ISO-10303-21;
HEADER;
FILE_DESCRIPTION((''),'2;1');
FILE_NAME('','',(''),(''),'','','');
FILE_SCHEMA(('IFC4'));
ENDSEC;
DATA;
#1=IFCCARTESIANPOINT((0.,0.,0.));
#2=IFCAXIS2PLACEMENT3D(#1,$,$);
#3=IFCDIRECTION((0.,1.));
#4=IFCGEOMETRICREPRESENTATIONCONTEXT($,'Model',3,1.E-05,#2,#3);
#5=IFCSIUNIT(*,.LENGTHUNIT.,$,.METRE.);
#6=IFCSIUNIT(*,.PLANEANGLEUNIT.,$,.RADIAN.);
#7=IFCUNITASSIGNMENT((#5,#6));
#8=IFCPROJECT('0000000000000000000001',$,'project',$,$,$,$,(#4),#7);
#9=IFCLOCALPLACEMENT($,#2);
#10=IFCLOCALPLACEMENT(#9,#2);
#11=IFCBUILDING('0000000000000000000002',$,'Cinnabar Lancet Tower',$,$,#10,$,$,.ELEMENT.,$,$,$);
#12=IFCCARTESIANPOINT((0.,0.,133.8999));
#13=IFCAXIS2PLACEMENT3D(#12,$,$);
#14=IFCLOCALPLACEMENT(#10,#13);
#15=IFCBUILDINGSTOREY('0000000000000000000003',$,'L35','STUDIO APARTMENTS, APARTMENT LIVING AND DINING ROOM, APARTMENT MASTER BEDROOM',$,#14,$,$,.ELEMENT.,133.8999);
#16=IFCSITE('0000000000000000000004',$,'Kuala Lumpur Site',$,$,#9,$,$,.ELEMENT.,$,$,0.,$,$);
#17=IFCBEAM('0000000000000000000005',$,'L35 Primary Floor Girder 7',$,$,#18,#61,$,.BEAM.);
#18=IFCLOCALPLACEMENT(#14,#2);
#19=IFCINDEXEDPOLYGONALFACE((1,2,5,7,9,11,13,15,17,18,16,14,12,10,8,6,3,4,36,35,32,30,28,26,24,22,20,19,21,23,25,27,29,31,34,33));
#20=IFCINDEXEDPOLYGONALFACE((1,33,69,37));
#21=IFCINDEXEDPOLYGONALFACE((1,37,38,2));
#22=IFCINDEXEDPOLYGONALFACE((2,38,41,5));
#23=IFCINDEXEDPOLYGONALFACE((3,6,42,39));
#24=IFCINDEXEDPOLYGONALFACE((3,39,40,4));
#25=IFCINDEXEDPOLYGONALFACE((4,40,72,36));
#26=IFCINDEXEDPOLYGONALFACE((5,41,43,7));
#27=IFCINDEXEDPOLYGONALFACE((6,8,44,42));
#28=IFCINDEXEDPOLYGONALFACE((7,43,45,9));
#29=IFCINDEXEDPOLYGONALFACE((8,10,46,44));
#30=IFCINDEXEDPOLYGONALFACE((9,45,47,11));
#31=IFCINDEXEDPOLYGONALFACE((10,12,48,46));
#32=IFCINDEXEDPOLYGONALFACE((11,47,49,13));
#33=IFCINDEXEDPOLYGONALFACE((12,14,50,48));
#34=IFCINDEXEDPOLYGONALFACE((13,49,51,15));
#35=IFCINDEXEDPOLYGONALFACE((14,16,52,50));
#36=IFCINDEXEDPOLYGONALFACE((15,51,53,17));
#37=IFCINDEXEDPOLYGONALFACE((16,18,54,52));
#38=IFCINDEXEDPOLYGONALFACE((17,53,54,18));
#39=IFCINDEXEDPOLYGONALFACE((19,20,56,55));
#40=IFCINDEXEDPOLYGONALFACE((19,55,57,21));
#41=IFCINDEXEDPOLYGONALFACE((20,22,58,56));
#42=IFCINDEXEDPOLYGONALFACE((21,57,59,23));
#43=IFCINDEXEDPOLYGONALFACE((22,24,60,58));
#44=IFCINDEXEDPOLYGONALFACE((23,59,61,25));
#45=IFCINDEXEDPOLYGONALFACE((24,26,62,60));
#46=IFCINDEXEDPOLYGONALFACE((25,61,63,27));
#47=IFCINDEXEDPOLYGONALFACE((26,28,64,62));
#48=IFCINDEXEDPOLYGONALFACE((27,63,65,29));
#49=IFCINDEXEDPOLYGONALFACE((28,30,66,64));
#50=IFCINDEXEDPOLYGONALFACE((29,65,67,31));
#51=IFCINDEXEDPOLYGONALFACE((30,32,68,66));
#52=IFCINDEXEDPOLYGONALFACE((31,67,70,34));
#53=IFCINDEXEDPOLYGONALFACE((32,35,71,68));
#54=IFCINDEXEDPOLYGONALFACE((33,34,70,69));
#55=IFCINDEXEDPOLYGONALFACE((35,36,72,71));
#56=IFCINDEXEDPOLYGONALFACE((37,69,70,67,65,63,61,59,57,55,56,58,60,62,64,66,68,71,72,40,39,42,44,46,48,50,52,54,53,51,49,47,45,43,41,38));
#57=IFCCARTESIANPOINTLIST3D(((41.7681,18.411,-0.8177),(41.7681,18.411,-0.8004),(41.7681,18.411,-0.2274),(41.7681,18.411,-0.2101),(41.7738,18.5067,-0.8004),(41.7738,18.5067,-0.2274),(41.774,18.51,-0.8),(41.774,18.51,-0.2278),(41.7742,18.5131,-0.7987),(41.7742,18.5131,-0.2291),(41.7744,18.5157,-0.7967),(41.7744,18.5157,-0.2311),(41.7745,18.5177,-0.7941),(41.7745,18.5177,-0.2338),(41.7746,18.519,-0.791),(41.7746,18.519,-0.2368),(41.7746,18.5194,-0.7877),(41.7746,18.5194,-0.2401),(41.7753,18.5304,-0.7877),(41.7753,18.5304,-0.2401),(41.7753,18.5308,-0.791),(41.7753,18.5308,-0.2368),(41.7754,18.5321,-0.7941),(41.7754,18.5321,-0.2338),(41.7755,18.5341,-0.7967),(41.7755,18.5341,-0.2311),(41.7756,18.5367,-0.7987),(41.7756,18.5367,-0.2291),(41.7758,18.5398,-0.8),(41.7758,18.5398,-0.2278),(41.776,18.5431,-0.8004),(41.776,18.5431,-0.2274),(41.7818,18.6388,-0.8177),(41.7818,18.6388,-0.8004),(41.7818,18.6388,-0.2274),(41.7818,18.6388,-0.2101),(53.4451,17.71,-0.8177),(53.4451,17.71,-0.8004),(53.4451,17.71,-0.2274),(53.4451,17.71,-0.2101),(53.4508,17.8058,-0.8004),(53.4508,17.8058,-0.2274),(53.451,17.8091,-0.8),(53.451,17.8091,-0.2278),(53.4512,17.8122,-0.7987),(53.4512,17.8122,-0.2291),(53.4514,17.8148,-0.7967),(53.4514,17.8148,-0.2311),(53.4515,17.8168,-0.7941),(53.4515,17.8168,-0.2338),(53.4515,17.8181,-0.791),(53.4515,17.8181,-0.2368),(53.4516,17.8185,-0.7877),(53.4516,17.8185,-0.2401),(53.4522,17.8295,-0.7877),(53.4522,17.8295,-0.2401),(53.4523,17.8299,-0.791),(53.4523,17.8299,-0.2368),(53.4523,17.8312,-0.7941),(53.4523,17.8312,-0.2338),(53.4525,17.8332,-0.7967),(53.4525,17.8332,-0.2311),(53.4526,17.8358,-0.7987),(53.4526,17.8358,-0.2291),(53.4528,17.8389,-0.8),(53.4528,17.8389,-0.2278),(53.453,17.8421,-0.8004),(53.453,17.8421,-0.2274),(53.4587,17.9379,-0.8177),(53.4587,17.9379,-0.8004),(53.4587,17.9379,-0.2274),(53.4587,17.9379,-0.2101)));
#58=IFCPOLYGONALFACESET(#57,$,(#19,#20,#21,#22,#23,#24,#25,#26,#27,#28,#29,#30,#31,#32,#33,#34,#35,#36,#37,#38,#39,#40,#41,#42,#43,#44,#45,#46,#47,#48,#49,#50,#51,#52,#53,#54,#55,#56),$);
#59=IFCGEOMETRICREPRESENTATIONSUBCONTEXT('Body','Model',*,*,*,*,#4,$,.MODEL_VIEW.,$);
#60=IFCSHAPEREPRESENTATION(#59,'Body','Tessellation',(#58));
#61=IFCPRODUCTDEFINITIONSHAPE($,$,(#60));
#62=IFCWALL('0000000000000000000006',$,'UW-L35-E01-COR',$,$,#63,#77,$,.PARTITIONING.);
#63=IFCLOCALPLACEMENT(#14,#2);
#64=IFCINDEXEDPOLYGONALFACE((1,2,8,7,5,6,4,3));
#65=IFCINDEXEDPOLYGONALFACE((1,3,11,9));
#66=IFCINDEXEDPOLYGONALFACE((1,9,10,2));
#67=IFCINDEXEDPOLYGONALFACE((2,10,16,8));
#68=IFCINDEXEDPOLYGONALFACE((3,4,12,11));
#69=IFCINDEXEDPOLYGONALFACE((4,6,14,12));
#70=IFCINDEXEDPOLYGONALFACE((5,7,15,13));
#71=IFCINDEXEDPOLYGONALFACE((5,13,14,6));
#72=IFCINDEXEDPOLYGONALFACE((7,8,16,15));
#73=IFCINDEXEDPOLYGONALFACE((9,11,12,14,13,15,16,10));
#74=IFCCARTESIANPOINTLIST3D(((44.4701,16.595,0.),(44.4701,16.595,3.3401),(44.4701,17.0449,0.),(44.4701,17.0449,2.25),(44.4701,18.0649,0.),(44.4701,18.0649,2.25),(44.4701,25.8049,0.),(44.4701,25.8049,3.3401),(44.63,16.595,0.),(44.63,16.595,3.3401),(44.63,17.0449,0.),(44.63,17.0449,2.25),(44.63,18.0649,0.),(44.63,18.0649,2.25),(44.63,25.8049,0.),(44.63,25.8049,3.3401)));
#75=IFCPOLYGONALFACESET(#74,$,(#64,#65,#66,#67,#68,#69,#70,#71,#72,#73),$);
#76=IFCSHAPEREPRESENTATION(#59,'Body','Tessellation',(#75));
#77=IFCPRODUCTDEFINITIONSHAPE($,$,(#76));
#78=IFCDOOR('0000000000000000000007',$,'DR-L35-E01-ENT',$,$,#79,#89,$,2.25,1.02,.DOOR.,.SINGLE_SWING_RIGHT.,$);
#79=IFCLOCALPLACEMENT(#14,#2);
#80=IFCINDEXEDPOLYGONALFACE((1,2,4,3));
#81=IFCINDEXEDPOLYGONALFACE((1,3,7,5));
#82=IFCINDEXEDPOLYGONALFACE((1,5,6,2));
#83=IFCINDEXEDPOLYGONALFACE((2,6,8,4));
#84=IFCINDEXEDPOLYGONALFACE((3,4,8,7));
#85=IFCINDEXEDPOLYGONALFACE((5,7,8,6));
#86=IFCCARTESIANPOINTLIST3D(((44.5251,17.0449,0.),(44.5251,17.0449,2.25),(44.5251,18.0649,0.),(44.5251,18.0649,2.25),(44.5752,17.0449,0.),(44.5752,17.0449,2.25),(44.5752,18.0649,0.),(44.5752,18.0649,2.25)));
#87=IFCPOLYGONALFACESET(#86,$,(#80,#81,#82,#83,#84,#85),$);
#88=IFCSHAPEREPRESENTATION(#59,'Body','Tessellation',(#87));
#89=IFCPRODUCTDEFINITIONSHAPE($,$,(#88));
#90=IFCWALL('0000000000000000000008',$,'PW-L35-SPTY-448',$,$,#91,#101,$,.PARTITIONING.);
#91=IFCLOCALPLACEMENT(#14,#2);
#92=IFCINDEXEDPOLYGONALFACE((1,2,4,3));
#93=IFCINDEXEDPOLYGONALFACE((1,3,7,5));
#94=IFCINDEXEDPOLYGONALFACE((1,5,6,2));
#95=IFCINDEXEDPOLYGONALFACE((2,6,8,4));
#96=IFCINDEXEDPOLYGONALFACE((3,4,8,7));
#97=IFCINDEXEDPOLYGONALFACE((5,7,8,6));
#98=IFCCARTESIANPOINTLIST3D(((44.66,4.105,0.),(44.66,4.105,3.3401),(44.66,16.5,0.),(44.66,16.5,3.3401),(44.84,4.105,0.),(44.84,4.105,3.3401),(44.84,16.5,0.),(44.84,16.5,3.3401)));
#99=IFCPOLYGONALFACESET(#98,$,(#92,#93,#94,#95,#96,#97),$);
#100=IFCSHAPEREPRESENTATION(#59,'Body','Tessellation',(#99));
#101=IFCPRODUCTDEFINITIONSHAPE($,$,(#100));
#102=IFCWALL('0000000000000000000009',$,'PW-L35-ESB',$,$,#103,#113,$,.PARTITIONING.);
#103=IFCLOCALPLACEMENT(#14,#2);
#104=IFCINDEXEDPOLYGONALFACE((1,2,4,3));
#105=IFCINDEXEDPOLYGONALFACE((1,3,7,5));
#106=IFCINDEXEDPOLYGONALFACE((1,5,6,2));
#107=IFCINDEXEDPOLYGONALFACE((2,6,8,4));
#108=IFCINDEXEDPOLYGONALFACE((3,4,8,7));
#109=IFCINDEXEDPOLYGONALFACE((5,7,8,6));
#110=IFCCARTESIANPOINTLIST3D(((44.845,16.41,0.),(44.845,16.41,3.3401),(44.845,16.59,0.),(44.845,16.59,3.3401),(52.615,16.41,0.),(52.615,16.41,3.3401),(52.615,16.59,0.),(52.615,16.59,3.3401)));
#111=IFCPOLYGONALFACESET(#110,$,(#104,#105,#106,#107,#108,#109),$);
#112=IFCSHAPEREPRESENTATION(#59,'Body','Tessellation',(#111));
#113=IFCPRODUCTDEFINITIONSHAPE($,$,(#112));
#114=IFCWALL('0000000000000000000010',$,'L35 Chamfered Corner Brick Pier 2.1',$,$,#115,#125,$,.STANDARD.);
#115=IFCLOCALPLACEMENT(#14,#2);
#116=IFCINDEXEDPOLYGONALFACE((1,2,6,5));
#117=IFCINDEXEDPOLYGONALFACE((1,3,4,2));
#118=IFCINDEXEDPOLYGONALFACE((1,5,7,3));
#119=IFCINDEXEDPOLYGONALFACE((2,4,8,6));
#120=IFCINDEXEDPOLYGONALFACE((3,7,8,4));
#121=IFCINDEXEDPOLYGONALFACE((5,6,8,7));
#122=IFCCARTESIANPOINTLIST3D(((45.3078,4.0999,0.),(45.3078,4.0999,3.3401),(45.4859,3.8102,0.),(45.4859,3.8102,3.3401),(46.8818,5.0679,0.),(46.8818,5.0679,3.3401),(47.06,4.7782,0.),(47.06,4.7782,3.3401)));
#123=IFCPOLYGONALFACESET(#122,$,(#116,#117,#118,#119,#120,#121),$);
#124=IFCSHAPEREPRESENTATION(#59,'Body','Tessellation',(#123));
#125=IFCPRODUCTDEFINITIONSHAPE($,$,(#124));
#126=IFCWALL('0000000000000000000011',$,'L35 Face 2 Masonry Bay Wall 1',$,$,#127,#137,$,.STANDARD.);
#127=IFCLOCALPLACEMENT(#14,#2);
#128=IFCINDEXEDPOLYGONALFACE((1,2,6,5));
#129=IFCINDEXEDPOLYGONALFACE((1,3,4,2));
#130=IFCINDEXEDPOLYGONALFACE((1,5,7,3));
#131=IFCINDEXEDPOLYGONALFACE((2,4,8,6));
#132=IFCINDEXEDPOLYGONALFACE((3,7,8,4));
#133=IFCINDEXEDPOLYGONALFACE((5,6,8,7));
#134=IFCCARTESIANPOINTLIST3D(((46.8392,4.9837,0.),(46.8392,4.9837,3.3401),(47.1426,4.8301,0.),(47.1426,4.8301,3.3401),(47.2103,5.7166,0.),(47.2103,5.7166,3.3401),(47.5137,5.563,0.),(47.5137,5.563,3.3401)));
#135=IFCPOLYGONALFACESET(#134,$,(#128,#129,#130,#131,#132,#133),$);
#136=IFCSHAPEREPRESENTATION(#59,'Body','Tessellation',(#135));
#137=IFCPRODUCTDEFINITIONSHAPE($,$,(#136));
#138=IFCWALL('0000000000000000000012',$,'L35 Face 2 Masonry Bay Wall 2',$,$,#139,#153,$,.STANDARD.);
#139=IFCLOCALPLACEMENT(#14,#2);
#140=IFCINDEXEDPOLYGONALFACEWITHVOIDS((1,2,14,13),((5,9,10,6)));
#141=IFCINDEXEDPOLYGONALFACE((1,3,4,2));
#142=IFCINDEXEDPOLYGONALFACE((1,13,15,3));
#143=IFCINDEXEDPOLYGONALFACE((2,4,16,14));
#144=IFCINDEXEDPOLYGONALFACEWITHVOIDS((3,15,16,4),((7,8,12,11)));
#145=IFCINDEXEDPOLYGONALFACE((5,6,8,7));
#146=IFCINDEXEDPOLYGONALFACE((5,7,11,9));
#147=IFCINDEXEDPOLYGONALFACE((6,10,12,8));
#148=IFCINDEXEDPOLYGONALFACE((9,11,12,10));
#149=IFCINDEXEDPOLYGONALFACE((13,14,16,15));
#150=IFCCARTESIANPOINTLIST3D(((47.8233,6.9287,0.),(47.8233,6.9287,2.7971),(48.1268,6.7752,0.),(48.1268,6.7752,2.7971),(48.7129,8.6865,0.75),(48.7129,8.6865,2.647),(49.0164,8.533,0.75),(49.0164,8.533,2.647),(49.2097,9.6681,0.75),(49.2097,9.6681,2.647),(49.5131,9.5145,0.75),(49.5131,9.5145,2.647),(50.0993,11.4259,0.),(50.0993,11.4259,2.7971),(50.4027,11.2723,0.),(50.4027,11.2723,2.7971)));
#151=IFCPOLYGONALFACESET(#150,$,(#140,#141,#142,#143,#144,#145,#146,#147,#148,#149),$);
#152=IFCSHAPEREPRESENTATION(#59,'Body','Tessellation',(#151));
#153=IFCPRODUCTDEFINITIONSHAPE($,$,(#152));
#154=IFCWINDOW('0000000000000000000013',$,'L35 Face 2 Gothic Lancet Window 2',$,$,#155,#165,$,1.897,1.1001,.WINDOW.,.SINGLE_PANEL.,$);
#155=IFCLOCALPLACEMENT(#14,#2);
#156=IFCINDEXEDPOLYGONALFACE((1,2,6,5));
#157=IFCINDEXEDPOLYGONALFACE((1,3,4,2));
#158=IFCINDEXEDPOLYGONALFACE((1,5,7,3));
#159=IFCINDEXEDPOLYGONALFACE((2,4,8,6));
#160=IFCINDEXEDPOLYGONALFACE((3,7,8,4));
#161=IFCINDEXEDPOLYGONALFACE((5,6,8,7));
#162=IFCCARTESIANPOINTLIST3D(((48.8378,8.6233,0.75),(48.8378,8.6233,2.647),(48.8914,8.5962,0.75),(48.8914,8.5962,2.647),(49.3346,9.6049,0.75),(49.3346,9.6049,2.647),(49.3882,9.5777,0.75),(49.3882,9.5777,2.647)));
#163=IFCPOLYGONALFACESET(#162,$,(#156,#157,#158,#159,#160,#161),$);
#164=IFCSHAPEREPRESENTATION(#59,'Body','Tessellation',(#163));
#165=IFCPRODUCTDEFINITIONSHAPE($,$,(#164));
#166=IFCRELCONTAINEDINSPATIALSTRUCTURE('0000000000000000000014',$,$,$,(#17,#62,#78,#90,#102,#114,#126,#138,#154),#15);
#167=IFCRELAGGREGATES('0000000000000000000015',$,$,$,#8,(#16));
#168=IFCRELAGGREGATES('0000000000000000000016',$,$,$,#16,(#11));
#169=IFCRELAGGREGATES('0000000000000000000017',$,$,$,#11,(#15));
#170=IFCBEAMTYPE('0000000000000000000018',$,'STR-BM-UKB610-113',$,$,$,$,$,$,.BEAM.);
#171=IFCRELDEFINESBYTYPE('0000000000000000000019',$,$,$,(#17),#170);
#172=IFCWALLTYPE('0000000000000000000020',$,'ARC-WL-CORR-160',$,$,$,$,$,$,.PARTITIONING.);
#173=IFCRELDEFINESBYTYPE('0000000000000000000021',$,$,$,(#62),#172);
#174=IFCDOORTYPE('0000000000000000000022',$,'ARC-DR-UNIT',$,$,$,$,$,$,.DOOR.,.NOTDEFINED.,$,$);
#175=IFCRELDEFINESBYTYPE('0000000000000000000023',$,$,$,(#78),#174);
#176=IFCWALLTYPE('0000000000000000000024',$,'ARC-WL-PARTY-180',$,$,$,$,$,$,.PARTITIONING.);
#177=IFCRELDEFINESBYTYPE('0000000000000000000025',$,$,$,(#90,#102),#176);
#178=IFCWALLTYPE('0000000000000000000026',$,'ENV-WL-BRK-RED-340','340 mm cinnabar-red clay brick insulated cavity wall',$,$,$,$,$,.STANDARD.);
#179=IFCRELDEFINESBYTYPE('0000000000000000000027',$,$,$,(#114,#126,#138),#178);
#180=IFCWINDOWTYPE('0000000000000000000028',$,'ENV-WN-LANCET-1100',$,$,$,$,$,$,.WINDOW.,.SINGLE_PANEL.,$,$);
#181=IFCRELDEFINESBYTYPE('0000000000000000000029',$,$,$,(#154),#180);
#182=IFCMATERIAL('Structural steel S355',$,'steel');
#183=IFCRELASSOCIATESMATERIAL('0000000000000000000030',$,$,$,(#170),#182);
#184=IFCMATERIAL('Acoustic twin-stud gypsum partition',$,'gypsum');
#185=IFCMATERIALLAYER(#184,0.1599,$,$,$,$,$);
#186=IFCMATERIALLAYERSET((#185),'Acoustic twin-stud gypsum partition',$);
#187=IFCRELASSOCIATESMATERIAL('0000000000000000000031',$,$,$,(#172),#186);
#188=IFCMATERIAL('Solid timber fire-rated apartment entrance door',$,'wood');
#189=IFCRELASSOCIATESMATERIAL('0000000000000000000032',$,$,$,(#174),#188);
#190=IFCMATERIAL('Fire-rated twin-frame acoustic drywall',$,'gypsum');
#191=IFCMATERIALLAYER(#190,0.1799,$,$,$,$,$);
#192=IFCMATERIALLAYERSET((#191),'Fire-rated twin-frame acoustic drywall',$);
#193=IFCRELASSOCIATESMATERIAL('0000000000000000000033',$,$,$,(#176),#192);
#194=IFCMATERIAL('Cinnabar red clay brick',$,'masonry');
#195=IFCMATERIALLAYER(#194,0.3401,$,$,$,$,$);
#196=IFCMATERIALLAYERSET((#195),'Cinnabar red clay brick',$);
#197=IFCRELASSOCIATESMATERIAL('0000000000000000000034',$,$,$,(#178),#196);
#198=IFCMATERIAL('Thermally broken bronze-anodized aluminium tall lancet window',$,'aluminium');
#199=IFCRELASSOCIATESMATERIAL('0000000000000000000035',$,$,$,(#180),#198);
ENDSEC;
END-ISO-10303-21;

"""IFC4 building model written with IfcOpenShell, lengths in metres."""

from ifc_helpers import new_model, si_unit, direction, frame, frame_2d, origin, origin_2d, place, context, subcontext, project, spatial, rectangle, i_section, extrude, material, layer, layer_set, material_profile, profile_set, type_object, element, fill, save


model = new_model("IFC4")

# Units and contexts
model_context = context("Model", 3, precision=1e-05, world=origin(), true_north=direction((0.0, 1.0)))
body_context = subcontext(model_context, "Body", "Model", "MODEL_VIEW")
ifc_project = project(units=[si_unit("LENGTHUNIT", "METRE"), si_unit("PLANEANGLEUNIT", "RADIAN")], contexts=[model_context])

# Site, building, storey
site_placement = place(None, origin())
site = spatial("IfcSite", under=ifc_project, at=site_placement, Name="Kuala Lumpur Site", CompositionType="ELEMENT", RefElevation=0.0)
building_placement = place(site_placement, origin())
building = spatial("IfcBuilding", under=site, at=building_placement, Name="Cinnabar Lancet Tower", CompositionType="ELEMENT")
storey_placement = place(building_placement, frame((0.0, 0.0, 133.8999)))
storey = spatial("IfcBuildingStorey", under=building, at=storey_placement, Name="L35", Description="STUDIO APARTMENTS, APARTMENT LIVING AND DINING ROOM, APARTMENT MASTER BEDROOM", CompositionType="ELEMENT", Elevation=133.8999)

# Beam
ifc_material_1 = material(Name="Structural steel S355", Category="steel")
ifc_material_profile_1 = material_profile(ifc_material_1, i_section(OverallWidth=0.2283, OverallDepth=0.6077, WebThickness=0.011, FlangeThickness=0.0173, FilletRadius=0.0127, at=origin_2d()), Name="UKB 610x229x113")
ifc_profile_set_1 = profile_set([ifc_material_profile_1], Name="Structural steel S355")
beam_type_1 = type_object("IfcBeamType", Name="STR-BM-UKB610-113", PredefinedType="BEAM", material=ifc_profile_set_1)
beam_1_placement = place(storey_placement, frame((53.4519, 17.824, -0.5139), z_axis=(-0.998203, 0.059918, 0.0), x_axis=(-0.059918, -0.998203, 0.0)))
element("IfcBeam", 1, at=beam_1_placement, inside=storey, type_object=beam_type_1, Name="L35 Primary Floor Girder 7", PredefinedType="BEAM", context=body_context, shape_type="SweptSolid", body=[
    extrude(i_section(OverallWidth=0.2283, OverallDepth=0.6077, WebThickness=0.011, FlangeThickness=0.0173, FilletRadius=0.0127, at=origin_2d()), origin(), (0.0, 0.0, 1.0), 11.698),
])

# Wall, opening, door
ifc_material_2 = material(Name="Acoustic twin-stud gypsum partition", Category="gypsum")
ifc_layer_1 = layer(ifc_material_2, 0.1599)
ifc_layer_set_1 = layer_set([ifc_layer_1], Name="Acoustic twin-stud gypsum partition")
wall_type_1 = type_object("IfcWallType", Name="ARC-WL-CORR-160", PredefinedType="PARTITIONING", material=ifc_layer_set_1)
wall_1_placement = place(storey_placement, frame((44.55, 16.595, 0.0), z_axis=(0.0, 0.0, 1.0), x_axis=(0.0, 1.0, 0.0)))
wall_1 = element("IfcWall", 2, at=wall_1_placement, inside=storey, type_object=wall_type_1, Name="UW-L35-E01-COR", PredefinedType="PARTITIONING", context=body_context, shape_type="SweptSolid", body=[
    extrude(rectangle(XDim=9.21, YDim=0.1599, at=frame_2d((4.605, 0.0))), origin(), (0.0, 0.0, 1.0), 3.3401),
])
opening_1_placement = place(wall_1_placement, frame((0.45, 0.0, 0.0)))
opening_1 = element("IfcOpeningElement", 3, at=opening_1_placement, cuts=wall_1, PredefinedType="OPENING", context=body_context, shape_type="SweptSolid", body=[
    extrude(rectangle(XDim=1.02, YDim=2.25, at=frame_2d((0.51, 1.125))), frame((0.0, 0.0898, 0.0), z_axis=(0.0, -1.0, 0.0), x_axis=(1.0, 0.0, 0.0)), (0.0, 0.0, 1.0), 0.1799),
])
ifc_material_3 = material(Name="Solid timber fire-rated apartment entrance door", Category="wood")
door_type = type_object("IfcDoorType", Name="ARC-DR-UNIT", OperationType="NOTDEFINED", PredefinedType="DOOR", material=ifc_material_3)
door_placement = place(opening_1_placement, origin())
door = element("IfcDoor", 4, at=door_placement, inside=storey, type_object=door_type, Name="DR-L35-E01-ENT", OperationType="SINGLE_SWING_RIGHT", OverallHeight=2.25, OverallWidth=1.02, PredefinedType="DOOR", context=body_context, shape_type="SweptSolid", body=[
    extrude(rectangle(XDim=1.02, YDim=2.25, at=frame_2d((0.51, 1.125))), frame((0.0, 0.0249, 0.0), z_axis=(0.0, -1.0, 0.0), x_axis=(1.0, 0.0, 0.0)), (0.0, 0.0, 1.0), 0.05),
])
fill(opening_1, door)

# Walls
ifc_material_4 = material(Name="Fire-rated twin-frame acoustic drywall", Category="gypsum")
ifc_layer_2 = layer(ifc_material_4, 0.1799)
ifc_layer_set_2 = layer_set([ifc_layer_2], Name="Fire-rated twin-frame acoustic drywall")
wall_type_2 = type_object("IfcWallType", Name="ARC-WL-PARTY-180", PredefinedType="PARTITIONING", material=ifc_layer_set_2)
wall_2_placement = place(storey_placement, frame((44.75, 4.105, 0.0), z_axis=(0.0, 0.0, 1.0), x_axis=(0.0, 1.0, 0.0)))
element("IfcWall", 5, at=wall_2_placement, inside=storey, type_object=wall_type_2, Name="PW-L35-SPTY-448", PredefinedType="PARTITIONING", context=body_context, shape_type="SweptSolid", body=[
    extrude(rectangle(XDim=12.395, YDim=0.1799, at=frame_2d((6.1975, 0.0))), origin(), (0.0, 0.0, 1.0), 3.3401),
])
wall_3_placement = place(storey_placement, frame((44.845, 16.5, 0.0), z_axis=(0.0, 0.0, 1.0), x_axis=(1.0, 0.0, 0.0)))
element("IfcWall", 6, at=wall_3_placement, inside=storey, type_object=wall_type_2, Name="PW-L35-ESB", PredefinedType="PARTITIONING", context=body_context, shape_type="SweptSolid", body=[
    extrude(rectangle(XDim=7.77, YDim=0.1799, at=frame_2d((3.885, 0.0))), origin(), (0.0, 0.0, 1.0), 3.3401),
])
ifc_material_5 = material(Name="Cinnabar red clay brick", Category="masonry")
ifc_layer_3 = layer(ifc_material_5, 0.3401)
ifc_layer_set_3 = layer_set([ifc_layer_3], Name="Cinnabar red clay brick")
wall_type_3 = type_object("IfcWallType", Name="ENV-WL-BRK-RED-340", Description="340 mm cinnabar-red clay brick insulated cavity wall", PredefinedType="STANDARD", material=ifc_layer_set_3)
wall_4_placement = place(storey_placement, frame((45.397, 3.9551, 0.0), z_axis=(0.0, 0.0, 1.0), x_axis=(0.851799, 0.523869, 0.0)))
element("IfcWall", 7, at=wall_4_placement, inside=storey, type_object=wall_type_3, Name="L35 Chamfered Corner Brick Pier 2.1", PredefinedType="STANDARD", context=body_context, shape_type="SweptSolid", body=[
    extrude(rectangle(XDim=1.8479, YDim=0.3401, at=frame_2d((0.9238, 0.0))), origin(), (0.0, 0.0, 1.0), 3.3401),
])
wall_5_placement = place(storey_placement, frame((46.991, 4.907, 0.0), z_axis=(0.0, 0.0, 1.0), x_axis=(0.451725, 0.892157, 0.0)))
element("IfcWall", 8, at=wall_5_placement, inside=storey, type_object=wall_type_3, Name="L35 Face 2 Masonry Bay Wall 1", PredefinedType="STANDARD", context=body_context, shape_type="SweptSolid", body=[
    extrude(rectangle(XDim=0.8215, YDim=0.3401, at=frame_2d((0.4106, 0.0))), origin(), (0.0, 0.0, 1.0), 3.3401),
])

# Wall, opening, window
wall_6_placement = place(storey_placement, frame((47.9751, 6.8521, 0.0), z_axis=(0.0, 0.0, 1.0), x_axis=(0.451548, 0.892247, 0.0)))
wall_6 = element("IfcWall", 9, at=wall_6_placement, inside=storey, type_object=wall_type_3, Name="L35 Face 2 Masonry Bay Wall 2", PredefinedType="STANDARD", context=body_context, shape_type="SweptSolid", body=[
    extrude(rectangle(XDim=5.0403, YDim=0.3401, at=frame_2d((2.52, 0.0))), origin(), (0.0, 0.0, 1.0), 2.7971),
])
opening_2_placement = place(wall_6_placement, frame((1.97, 0.0, 0.75)))
opening_2 = element("IfcOpeningElement", 10, at=opening_2_placement, cuts=wall_6, PredefinedType="OPENING", context=body_context, shape_type="SweptSolid", body=[
    extrude(rectangle(XDim=1.1001, YDim=1.897, at=frame_2d((0.55, 0.9485))), frame((0.0, 0.1799, 0.0), z_axis=(0.0, -1.0, 0.0), x_axis=(1.0, 0.0, 0.0)), (0.0, 0.0, 1.0), 0.3601),
])
ifc_material_6 = material(Name="Thermally broken bronze-anodized aluminium tall lancet window", Category="aluminium")
window_type = type_object("IfcWindowType", Name="ENV-WN-LANCET-1100", PartitioningType="SINGLE_PANEL", PredefinedType="WINDOW", material=ifc_material_6)
window_1_placement = place(opening_2_placement, origin())
window_1 = element("IfcWindow", 11, at=window_1_placement, inside=storey, type_object=window_type, Name="L35 Face 2 Gothic Lancet Window 2", OverallHeight=1.897, OverallWidth=1.1001, PartitioningType="SINGLE_PANEL", PredefinedType="WINDOW", context=body_context, shape_type="SweptSolid", body=[
    extrude(rectangle(XDim=1.1001, YDim=1.897, at=frame_2d((0.55, 0.9485))), frame((0.0, 0.03, 0.0), z_axis=(0.0, -1.0, 0.0), x_axis=(1.0, 0.0, 0.0)), (0.0, 0.0, 1.0), 0.0601),
])
fill(opening_2, window_1)

save(model, "model.ifc")
